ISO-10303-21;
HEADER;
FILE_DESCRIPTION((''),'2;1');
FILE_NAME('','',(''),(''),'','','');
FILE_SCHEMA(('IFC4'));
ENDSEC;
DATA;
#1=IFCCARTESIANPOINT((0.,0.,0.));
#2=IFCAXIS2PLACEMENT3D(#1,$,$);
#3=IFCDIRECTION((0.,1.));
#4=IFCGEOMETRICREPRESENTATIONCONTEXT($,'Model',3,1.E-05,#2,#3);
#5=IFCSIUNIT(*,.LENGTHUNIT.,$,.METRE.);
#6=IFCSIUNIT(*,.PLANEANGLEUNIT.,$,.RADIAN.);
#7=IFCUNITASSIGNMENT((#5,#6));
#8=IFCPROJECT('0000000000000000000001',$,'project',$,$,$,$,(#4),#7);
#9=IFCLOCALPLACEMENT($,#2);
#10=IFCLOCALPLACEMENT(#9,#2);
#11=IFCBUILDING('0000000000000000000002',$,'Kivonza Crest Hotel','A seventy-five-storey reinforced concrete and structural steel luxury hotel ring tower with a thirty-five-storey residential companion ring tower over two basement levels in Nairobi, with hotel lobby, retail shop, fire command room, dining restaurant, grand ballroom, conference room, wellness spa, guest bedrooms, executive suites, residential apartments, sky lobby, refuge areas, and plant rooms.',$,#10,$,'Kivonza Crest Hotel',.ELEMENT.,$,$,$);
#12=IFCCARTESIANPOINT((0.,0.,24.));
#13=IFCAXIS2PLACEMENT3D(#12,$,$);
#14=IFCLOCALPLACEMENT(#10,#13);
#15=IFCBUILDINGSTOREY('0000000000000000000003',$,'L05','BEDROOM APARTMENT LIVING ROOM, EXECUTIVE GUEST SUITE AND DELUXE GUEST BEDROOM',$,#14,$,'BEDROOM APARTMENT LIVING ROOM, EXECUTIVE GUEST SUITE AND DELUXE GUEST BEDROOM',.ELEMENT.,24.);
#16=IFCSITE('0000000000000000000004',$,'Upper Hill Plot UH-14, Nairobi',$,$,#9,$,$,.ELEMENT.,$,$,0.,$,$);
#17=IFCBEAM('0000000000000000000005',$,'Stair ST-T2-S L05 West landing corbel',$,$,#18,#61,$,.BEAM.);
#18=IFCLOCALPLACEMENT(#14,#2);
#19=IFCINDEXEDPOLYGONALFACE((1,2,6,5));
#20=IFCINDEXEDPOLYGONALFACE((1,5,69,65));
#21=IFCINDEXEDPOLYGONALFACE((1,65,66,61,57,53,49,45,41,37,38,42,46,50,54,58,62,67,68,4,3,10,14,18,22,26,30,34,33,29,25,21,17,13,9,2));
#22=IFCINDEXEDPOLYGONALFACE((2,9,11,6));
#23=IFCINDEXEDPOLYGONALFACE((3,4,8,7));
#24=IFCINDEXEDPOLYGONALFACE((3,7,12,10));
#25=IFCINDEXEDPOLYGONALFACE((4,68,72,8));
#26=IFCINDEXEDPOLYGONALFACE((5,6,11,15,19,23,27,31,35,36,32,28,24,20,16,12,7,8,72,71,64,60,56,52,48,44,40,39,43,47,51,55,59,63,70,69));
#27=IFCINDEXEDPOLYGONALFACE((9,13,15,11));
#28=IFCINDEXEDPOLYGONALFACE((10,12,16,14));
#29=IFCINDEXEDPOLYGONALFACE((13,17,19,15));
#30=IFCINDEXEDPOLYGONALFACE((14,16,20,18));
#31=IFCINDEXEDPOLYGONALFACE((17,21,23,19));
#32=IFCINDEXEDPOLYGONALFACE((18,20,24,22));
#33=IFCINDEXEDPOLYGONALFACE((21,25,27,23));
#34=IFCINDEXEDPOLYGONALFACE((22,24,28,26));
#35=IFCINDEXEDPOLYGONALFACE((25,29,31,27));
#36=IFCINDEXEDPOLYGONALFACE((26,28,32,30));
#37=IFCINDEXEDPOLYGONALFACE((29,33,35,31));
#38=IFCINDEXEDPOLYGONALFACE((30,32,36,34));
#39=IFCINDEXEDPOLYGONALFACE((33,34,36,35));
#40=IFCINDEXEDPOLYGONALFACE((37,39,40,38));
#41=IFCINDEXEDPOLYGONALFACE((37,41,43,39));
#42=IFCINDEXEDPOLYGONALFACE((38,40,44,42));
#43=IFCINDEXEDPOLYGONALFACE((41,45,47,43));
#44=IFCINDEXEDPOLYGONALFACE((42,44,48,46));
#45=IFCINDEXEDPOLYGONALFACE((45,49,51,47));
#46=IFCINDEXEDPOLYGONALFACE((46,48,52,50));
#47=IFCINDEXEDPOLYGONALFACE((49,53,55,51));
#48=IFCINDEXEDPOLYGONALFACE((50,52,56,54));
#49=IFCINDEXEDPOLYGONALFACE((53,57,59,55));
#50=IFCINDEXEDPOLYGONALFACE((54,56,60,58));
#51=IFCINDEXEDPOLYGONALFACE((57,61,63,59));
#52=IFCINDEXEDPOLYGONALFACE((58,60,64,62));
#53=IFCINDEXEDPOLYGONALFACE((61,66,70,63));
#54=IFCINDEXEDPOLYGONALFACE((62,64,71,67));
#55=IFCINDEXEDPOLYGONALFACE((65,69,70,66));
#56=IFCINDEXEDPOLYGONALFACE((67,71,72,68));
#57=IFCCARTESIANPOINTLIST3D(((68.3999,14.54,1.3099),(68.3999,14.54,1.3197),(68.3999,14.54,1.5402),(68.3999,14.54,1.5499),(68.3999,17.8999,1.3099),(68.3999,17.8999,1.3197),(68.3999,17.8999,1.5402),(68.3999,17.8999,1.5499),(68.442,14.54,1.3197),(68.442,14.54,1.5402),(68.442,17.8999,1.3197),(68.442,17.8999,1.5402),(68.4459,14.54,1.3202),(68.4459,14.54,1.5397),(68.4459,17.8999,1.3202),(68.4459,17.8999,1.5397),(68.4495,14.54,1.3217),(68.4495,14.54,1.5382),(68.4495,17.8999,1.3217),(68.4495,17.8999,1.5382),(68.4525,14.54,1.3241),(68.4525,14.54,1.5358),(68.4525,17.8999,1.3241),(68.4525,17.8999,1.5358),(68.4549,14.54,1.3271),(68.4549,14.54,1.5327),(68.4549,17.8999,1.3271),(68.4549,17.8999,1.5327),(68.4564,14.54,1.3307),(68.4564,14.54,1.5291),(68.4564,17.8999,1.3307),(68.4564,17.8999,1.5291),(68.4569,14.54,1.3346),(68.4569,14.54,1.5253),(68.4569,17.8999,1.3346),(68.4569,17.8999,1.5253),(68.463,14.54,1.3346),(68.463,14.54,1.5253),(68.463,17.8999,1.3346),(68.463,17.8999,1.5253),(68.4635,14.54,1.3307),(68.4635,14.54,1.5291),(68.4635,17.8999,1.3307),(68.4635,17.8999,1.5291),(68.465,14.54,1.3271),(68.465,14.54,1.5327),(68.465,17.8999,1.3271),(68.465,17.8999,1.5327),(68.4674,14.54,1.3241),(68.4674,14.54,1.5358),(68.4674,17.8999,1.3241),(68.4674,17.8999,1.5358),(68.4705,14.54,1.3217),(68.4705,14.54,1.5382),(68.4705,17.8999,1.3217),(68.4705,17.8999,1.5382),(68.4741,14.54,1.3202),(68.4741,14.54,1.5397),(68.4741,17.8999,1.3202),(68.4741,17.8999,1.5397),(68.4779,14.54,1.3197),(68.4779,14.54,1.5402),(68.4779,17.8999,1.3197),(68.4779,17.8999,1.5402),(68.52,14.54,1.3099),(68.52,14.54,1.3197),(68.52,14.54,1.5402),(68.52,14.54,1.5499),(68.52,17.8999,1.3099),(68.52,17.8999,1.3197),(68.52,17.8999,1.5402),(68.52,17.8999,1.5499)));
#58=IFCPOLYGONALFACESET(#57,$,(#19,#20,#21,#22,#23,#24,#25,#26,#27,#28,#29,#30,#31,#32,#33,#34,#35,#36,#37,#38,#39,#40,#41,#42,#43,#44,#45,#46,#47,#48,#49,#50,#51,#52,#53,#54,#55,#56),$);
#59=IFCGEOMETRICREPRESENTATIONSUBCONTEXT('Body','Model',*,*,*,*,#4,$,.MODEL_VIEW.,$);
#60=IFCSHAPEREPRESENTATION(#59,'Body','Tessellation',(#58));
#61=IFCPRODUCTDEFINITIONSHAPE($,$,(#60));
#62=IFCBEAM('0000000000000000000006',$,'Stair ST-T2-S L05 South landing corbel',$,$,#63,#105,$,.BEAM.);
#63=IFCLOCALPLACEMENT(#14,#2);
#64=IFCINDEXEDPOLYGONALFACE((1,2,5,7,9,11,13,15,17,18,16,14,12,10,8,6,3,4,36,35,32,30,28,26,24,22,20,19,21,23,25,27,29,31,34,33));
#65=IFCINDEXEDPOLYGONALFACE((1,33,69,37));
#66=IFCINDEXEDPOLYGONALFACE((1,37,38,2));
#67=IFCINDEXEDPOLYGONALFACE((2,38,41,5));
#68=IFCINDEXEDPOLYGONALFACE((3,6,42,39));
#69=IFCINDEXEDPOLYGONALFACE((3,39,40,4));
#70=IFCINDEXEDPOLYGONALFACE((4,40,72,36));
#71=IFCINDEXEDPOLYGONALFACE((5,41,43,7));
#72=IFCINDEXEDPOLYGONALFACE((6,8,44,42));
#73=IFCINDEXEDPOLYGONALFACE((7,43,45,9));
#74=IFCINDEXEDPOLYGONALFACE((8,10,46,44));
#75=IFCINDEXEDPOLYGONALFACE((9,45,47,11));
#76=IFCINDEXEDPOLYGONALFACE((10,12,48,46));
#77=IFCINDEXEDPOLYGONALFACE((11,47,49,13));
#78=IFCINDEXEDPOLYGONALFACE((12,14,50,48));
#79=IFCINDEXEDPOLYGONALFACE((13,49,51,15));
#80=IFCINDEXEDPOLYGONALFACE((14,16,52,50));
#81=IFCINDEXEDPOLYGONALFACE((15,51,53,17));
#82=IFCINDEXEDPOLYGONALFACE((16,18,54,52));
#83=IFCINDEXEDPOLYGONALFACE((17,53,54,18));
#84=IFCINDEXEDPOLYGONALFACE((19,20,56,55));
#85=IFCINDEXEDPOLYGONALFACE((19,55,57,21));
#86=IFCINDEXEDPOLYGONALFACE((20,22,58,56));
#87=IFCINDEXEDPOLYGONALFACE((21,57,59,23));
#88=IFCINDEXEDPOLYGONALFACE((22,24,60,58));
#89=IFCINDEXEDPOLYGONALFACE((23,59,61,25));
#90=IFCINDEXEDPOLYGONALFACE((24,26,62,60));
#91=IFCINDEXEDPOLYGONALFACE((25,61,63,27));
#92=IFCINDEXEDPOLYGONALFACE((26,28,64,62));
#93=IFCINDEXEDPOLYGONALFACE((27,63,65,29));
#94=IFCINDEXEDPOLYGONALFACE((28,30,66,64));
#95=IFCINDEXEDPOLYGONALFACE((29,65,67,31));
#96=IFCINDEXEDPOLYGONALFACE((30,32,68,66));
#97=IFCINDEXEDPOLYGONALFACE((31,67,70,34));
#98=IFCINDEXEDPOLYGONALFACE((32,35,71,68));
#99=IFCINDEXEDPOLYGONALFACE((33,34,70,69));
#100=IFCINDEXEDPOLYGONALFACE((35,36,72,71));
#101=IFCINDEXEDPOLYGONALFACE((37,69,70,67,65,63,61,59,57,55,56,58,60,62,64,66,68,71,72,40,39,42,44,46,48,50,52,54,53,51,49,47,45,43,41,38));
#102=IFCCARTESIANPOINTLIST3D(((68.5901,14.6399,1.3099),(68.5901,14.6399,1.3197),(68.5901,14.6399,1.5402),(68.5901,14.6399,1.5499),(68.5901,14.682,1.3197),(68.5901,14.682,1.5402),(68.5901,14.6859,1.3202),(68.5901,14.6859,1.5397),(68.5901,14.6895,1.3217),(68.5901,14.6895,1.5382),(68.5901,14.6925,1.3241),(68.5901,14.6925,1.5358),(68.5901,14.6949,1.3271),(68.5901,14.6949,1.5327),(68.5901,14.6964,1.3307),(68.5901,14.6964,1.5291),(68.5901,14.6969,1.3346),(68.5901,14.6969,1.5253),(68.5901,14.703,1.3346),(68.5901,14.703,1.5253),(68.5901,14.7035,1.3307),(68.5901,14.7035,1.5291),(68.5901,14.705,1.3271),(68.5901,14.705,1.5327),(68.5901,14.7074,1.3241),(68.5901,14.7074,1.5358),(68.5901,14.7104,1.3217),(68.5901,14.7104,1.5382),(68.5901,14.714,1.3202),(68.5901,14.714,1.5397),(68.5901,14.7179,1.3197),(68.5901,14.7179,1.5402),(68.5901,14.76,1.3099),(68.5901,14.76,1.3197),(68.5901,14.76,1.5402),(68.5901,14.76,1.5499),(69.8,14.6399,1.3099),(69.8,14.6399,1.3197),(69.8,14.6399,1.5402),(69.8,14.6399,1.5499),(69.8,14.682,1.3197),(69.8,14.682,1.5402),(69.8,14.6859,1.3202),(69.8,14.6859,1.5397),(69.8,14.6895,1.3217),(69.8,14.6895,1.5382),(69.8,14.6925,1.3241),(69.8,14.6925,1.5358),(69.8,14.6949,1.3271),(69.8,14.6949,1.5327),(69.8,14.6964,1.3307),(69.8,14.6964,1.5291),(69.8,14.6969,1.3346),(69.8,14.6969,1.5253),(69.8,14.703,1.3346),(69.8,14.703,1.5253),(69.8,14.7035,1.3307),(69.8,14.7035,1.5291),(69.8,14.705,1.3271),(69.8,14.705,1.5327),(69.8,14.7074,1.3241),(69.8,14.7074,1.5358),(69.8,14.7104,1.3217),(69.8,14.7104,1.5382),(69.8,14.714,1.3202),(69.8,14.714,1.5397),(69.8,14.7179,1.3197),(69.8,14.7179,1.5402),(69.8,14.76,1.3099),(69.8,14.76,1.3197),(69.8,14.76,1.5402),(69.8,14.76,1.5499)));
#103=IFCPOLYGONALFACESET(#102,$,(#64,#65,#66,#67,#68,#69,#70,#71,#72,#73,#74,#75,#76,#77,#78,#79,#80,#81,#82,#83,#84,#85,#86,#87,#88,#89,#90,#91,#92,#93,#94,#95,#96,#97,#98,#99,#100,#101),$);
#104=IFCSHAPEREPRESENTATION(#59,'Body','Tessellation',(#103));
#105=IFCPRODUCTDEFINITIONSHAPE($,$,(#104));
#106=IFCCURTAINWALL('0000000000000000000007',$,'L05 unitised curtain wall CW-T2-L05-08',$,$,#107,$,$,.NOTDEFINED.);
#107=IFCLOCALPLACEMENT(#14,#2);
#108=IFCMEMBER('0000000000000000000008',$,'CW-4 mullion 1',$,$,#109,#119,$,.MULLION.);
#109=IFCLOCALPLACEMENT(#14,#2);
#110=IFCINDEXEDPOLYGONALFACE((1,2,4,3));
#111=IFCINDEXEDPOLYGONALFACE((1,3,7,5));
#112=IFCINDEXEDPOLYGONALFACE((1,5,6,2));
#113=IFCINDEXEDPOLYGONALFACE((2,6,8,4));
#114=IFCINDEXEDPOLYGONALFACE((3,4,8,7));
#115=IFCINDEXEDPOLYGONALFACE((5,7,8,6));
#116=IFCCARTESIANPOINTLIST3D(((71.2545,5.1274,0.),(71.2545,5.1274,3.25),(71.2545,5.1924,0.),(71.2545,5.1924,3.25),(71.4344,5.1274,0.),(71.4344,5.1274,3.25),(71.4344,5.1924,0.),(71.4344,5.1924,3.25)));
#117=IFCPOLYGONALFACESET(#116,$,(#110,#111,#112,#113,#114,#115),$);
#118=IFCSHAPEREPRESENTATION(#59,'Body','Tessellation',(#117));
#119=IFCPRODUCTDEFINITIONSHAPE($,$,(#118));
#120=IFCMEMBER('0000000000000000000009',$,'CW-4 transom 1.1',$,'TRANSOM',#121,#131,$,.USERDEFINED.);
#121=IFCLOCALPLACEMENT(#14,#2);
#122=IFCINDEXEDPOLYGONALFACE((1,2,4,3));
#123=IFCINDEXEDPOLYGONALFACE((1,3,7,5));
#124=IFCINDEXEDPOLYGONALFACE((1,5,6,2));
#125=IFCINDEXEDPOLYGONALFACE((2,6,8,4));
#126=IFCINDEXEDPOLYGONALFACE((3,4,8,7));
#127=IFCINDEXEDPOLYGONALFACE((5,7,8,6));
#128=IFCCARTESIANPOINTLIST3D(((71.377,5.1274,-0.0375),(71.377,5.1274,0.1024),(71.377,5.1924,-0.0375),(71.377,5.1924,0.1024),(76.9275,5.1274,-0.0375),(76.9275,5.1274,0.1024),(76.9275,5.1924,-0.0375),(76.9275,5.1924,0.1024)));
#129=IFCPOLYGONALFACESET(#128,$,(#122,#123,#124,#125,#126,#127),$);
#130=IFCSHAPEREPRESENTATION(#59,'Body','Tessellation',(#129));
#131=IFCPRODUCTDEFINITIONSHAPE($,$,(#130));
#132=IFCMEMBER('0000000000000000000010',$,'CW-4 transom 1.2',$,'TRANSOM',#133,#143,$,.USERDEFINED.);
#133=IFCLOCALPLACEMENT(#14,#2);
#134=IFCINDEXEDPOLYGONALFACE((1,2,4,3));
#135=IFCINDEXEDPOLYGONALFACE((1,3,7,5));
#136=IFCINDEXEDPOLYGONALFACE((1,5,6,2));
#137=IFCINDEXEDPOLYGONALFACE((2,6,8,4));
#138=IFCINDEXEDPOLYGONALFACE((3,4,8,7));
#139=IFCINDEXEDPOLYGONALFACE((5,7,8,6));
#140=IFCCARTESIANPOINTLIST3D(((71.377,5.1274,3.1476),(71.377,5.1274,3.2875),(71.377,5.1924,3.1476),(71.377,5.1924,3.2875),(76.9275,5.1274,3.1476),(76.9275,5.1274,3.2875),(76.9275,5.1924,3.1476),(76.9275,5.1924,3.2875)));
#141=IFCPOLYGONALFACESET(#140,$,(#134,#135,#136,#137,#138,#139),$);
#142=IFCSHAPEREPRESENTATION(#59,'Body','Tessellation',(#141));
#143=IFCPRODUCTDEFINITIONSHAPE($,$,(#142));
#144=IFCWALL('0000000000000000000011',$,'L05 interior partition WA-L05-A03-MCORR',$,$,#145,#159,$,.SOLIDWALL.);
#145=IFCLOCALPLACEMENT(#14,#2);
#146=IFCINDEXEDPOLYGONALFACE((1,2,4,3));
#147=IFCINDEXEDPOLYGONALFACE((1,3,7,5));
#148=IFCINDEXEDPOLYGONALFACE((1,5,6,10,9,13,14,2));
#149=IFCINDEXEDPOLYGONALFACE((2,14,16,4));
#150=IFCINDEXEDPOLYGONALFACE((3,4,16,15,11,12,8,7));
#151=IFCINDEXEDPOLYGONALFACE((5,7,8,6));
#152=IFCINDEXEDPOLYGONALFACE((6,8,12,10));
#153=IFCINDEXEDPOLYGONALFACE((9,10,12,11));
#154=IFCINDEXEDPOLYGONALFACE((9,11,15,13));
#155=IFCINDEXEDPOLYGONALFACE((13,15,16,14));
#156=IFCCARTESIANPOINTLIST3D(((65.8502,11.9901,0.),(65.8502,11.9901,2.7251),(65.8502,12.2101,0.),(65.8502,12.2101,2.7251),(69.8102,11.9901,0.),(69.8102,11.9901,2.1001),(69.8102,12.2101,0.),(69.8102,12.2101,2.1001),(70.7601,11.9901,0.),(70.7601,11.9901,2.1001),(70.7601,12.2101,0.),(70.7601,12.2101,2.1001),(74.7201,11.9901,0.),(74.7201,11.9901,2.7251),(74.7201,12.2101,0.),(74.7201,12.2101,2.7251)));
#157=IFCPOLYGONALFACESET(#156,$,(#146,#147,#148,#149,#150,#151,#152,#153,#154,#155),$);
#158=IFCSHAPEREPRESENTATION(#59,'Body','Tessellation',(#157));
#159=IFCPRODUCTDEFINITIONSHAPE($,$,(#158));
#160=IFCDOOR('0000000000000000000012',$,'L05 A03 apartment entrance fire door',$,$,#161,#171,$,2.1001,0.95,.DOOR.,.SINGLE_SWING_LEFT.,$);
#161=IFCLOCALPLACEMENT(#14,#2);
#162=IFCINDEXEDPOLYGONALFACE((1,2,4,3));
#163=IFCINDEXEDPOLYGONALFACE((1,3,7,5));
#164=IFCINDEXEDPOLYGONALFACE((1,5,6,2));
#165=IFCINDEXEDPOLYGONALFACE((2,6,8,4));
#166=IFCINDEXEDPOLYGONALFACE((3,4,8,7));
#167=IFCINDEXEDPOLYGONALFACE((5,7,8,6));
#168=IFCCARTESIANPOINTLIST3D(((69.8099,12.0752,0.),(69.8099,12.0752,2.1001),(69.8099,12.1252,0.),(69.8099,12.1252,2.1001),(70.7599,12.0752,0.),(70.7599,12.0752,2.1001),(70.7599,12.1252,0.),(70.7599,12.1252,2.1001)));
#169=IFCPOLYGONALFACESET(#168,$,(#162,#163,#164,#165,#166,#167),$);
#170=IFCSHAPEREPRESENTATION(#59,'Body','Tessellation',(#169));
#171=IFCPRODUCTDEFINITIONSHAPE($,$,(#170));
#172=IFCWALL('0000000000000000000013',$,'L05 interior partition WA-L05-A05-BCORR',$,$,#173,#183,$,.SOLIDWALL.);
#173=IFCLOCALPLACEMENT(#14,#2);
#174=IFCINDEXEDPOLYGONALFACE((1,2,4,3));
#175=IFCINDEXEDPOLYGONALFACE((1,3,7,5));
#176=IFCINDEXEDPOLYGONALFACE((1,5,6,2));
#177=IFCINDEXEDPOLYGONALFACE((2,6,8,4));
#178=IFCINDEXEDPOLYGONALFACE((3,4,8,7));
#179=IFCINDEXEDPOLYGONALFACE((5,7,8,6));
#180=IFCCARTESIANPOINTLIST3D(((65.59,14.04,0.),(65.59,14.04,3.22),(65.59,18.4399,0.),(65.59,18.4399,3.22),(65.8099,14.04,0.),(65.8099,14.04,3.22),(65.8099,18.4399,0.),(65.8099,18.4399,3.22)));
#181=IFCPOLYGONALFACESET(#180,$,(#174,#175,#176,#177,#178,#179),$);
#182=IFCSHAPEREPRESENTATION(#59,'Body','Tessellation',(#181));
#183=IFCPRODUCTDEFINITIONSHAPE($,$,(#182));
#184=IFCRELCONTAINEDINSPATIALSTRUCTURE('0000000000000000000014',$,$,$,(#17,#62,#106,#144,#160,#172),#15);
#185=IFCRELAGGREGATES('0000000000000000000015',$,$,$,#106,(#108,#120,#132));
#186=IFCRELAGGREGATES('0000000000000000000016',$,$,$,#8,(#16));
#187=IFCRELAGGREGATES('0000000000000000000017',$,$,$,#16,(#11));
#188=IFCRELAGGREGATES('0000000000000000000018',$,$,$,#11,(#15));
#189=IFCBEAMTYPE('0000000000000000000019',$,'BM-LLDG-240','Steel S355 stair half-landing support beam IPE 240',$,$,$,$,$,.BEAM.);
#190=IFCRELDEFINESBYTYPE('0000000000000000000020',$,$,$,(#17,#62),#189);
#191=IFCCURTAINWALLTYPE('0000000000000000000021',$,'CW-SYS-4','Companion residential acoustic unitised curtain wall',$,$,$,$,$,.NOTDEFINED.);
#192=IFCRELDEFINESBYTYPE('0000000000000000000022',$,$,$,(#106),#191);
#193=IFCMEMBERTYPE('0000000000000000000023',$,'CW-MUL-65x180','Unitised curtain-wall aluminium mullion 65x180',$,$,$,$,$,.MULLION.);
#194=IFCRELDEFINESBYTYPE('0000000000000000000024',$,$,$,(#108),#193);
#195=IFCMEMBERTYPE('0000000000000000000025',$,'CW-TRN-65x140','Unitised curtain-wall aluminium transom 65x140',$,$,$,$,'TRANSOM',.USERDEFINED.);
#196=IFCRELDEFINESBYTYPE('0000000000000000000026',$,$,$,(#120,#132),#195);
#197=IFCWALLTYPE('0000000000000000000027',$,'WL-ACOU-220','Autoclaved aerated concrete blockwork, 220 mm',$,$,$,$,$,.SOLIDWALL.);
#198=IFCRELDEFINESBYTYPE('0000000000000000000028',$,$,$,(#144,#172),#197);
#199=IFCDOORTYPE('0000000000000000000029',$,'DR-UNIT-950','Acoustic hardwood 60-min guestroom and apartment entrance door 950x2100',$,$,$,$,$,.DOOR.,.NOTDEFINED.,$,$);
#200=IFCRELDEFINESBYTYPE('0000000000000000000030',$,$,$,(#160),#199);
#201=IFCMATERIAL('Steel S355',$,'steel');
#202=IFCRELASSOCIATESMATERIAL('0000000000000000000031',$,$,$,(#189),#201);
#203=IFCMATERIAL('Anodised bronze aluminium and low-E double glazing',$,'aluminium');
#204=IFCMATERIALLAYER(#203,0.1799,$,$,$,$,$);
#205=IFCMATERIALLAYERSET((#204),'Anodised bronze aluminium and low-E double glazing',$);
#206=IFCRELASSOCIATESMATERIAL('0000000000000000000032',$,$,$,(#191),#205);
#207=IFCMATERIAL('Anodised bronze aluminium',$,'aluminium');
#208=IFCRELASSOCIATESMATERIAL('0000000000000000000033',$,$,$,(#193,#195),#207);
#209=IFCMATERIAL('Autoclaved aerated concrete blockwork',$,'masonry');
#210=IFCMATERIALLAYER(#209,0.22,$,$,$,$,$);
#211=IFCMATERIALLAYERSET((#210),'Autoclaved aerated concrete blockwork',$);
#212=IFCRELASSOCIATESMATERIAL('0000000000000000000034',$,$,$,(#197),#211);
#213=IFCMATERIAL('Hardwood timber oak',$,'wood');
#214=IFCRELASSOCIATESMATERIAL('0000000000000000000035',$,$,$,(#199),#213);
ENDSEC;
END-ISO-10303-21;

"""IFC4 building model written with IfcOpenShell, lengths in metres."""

from ifc_helpers import new_model, si_unit, direction, frame, frame_2d, origin, origin_2d, place, context, subcontext, project, spatial, rectangle, i_section, extrude, material, layer, layer_set, material_profile, profile_set, type_object, element, fill, aggregate, save


model = new_model("IFC4")

# Units and contexts
model_context = context("Model", 3, precision=1e-05, world=origin(), true_north=direction((0.0, 1.0)))
body_context = subcontext(model_context, "Body", "Model", "MODEL_VIEW")
ifc_project = project(units=[si_unit("LENGTHUNIT", "METRE"), si_unit("PLANEANGLEUNIT", "RADIAN")], contexts=[model_context])

# Site, building, storey
site_placement = place(None, origin())
site = spatial("IfcSite", under=ifc_project, at=site_placement, Name="Upper Hill Plot UH-14, Nairobi", CompositionType="ELEMENT", RefElevation=0.0)
building_placement = place(site_placement, origin())
building = spatial("IfcBuilding", under=site, at=building_placement, Name="Kivonza Crest Hotel", Description="A seventy-five-storey reinforced concrete and structural steel luxury hotel ring tower with a thirty-five-storey residential companion ring tower over two basement levels in Nairobi, with hotel lobby, retail shop, fire command room, dining restaurant, grand ballroom, conference room, wellness spa, guest bedrooms, executive suites, residential apartments, sky lobby, refuge areas, and plant rooms.", LongName="Kivonza Crest Hotel", CompositionType="ELEMENT")
storey_placement = place(building_placement, frame((0.0, 0.0, 24.0)))
storey = spatial("IfcBuildingStorey", under=building, at=storey_placement, Name="L05", Description="BEDROOM APARTMENT LIVING ROOM, EXECUTIVE GUEST SUITE AND DELUXE GUEST BEDROOM", LongName="BEDROOM APARTMENT LIVING ROOM, EXECUTIVE GUEST SUITE AND DELUXE GUEST BEDROOM", CompositionType="ELEMENT", Elevation=24.0)

# Beams
ifc_material_1 = material(Name="Steel S355", Category="steel")
ifc_material_profile_1 = material_profile(ifc_material_1, i_section(OverallWidth=0.1201, OverallDepth=0.24, WebThickness=0.0061, FlangeThickness=0.0098, FilletRadius=0.0149, at=origin_2d()), Name="IPE 240")
ifc_profile_set_1 = profile_set([ifc_material_profile_1], Name="Steel S355")
beam_type_1 = type_object("IfcBeamType", Name="BM-LLDG-240", Description="Steel S355 stair half-landing support beam IPE 240", PredefinedType="BEAM", material=ifc_profile_set_1)
beam_1_placement = place(storey_placement, frame((68.46, 14.54, 1.4299), z_axis=(0.0, 1.0, 0.0), x_axis=(-1.0, 0.0, 0.0)))
element("IfcBeam", 1, at=beam_1_placement, inside=storey, type_object=beam_type_1, Name="Stair ST-T2-S L05 West landing corbel", PredefinedType="BEAM", context=body_context, shape_type="SweptSolid", body=[
    extrude(i_section(OverallWidth=0.1201, OverallDepth=0.24, WebThickness=0.0061, FlangeThickness=0.0098, FilletRadius=0.0149, at=origin_2d()), origin(), (0.0, 0.0, 1.0), 3.3599),
])
beam_2_placement = place(storey_placement, frame((68.5901, 14.7, 1.4299), z_axis=(1.0, 0.0, 0.0), x_axis=(0.0, 1.0, 0.0)))
element("IfcBeam", 2, at=beam_2_placement, inside=storey, type_object=beam_type_1, Name="Stair ST-T2-S L05 South landing corbel", PredefinedType="BEAM", context=body_context, shape_type="SweptSolid", body=[
    extrude(i_section(OverallWidth=0.1201, OverallDepth=0.24, WebThickness=0.0061, FlangeThickness=0.0098, FilletRadius=0.0149, at=origin_2d()), origin(), (0.0, 0.0, 1.0), 1.21),
])

# Curtain wall, members
ifc_material_2 = material(Name="Anodised bronze aluminium and low-E double glazing", Category="aluminium")
ifc_layer_1 = layer(ifc_material_2, 0.1799)
ifc_layer_set_1 = layer_set([ifc_layer_1], Name="Anodised bronze aluminium and low-E double glazing")
curtain_wall_type = type_object("IfcCurtainWallType", Name="CW-SYS-4", Description="Companion residential acoustic unitised curtain wall", PredefinedType="NOTDEFINED", material=ifc_layer_set_1)
curtain_wall_placement = place(storey_placement, origin())
curtain_wall = element("IfcCurtainWall", 3, at=curtain_wall_placement, inside=storey, type_object=curtain_wall_type, Name="L05 unitised curtain wall CW-T2-L05-08", PredefinedType="NOTDEFINED")
ifc_material_3 = material(Name="Anodised bronze aluminium", Category="aluminium")
ifc_material_profile_2 = material_profile(ifc_material_3, rectangle(XDim=0.0649, YDim=0.1799, at=origin_2d()), Name="CW-M 65x180")
ifc_profile_set_2 = profile_set([ifc_material_profile_2], Name="Anodised bronze aluminium")
member_type_1 = type_object("IfcMemberType", Name="CW-MUL-65x180", Description="Unitised curtain-wall aluminium mullion 65x180", PredefinedType="MULLION", material=ifc_profile_set_2)
member_1_placement = place(storey_placement, frame((71.3445, 5.1599, 0.0), z_axis=(0.0, 0.0, 1.0), x_axis=(0.0, 1.0, 0.0)))
member_1 = element("IfcMember", 4, at=member_1_placement, type_object=member_type_1, Name="CW-4 mullion 1", PredefinedType="MULLION", context=body_context, shape_type="SweptSolid", body=[
    extrude(rectangle(XDim=0.0649, YDim=0.1799, at=origin_2d()), origin(), (0.0, 0.0, 1.0), 3.25),
])
ifc_material_profile_3 = material_profile(ifc_material_3, rectangle(XDim=0.0649, YDim=0.1399, at=origin_2d()), Name="CW-T 65x140")
ifc_profile_set_3 = profile_set([ifc_material_profile_3], Name="Anodised bronze aluminium")
member_type_2 = type_object("IfcMemberType", Name="CW-TRN-65x140", Description="Unitised curtain-wall aluminium transom 65x140", ElementType="TRANSOM", PredefinedType="USERDEFINED", material=ifc_profile_set_3)
member_2_placement = place(storey_placement, frame((71.377, 5.1599, 0.0325), z_axis=(1.0, 0.0, 0.0), x_axis=(0.0, 1.0, 0.0)))
member_2 = element("IfcMember", 5, at=member_2_placement, type_object=member_type_2, Name="CW-4 transom 1.1", ObjectType="TRANSOM", PredefinedType="USERDEFINED", context=body_context, shape_type="SweptSolid", body=[
    extrude(rectangle(XDim=0.0649, YDim=0.1399, at=origin_2d()), origin(), (0.0, 0.0, 1.0), 5.5505),
])
member_3_placement = place(storey_placement, frame((71.377, 5.1599, 3.2175), z_axis=(1.0, 0.0, 0.0), x_axis=(0.0, 1.0, 0.0)))
member_3 = element("IfcMember", 6, at=member_3_placement, type_object=member_type_2, Name="CW-4 transom 1.2", ObjectType="TRANSOM", PredefinedType="USERDEFINED", context=body_context, shape_type="SweptSolid", body=[
    extrude(rectangle(XDim=0.0649, YDim=0.1399, at=origin_2d()), origin(), (0.0, 0.0, 1.0), 5.5505),
])
aggregate(curtain_wall, [member_1, member_2, member_3])

# Wall, opening, door
ifc_material_4 = material(Name="Autoclaved aerated concrete blockwork", Category="masonry")
ifc_layer_2 = layer(ifc_material_4, 0.22)
ifc_layer_set_2 = layer_set([ifc_layer_2], Name="Autoclaved aerated concrete blockwork")
wall_type_1 = type_object("IfcWallType", Name="WL-ACOU-220", Description="Autoclaved aerated concrete blockwork, 220 mm", PredefinedType="SOLIDWALL", material=ifc_layer_set_2)
wall_1_placement = place(storey_placement, frame((65.8501, 12.1001, 0.0), z_axis=(0.0, 0.0, 1.0), x_axis=(1.0, 0.0, 0.0)))
wall_1 = element("IfcWall", 7, at=wall_1_placement, inside=storey, type_object=wall_type_1, Name="L05 interior partition WA-L05-A03-MCORR", PredefinedType="SOLIDWALL", context=body_context, shape_type="SweptSolid", body=[
    extrude(rectangle(XDim=8.8699, YDim=0.22, at=frame_2d((4.4351, 0.0))), origin(), (0.0, 0.0, 1.0), 2.7251),
])
opening_1_placement = place(wall_1_placement, frame((3.96, 0.0, 0.0)))
opening_1 = element("IfcOpeningElement", 8, at=opening_1_placement, cuts=wall_1, PredefinedType="OPENING", context=body_context, shape_type="SweptSolid", body=[
    extrude(rectangle(XDim=0.95, YDim=2.1001, at=frame_2d((0.4751, 1.05))), frame((0.0, 0.1201, 0.0), z_axis=(0.0, -1.0, 0.0), x_axis=(1.0, 0.0, 0.0)), (0.0, 0.0, 1.0), 0.24),
])
ifc_material_5 = material(Name="Hardwood timber oak", Category="wood")
door_type_1 = type_object("IfcDoorType", Name="DR-UNIT-950", Description="Acoustic hardwood 60-min guestroom and apartment entrance door 950x2100", OperationType="NOTDEFINED", PredefinedType="DOOR", material=ifc_material_5)
door_1_placement = place(opening_1_placement, frame((0.95, 0.0, 0.0), z_axis=(0.0, 0.0, 1.0), x_axis=(-1.0, 0.0, 0.0)))
door_1 = element("IfcDoor", 9, at=door_1_placement, inside=storey, type_object=door_type_1, Name="L05 A03 apartment entrance fire door", OperationType="SINGLE_SWING_LEFT", OverallHeight=2.1001, OverallWidth=0.95, PredefinedType="DOOR", context=body_context, shape_type="SweptSolid", body=[
    extrude(rectangle(XDim=0.95, YDim=2.1001, at=frame_2d((0.4751, 1.05))), frame((0.0, 0.0249, 0.0), z_axis=(0.0, -1.0, 0.0), x_axis=(1.0, 0.0, 0.0)), (0.0, 0.0, 1.0), 0.05),
])
fill(opening_1, door_1)

# Wall
wall_2_placement = place(storey_placement, frame((65.7, 14.04, 0.0), z_axis=(0.0, 0.0, 1.0), x_axis=(0.0, 1.0, 0.0)))
element("IfcWall", 10, at=wall_2_placement, inside=storey, type_object=wall_type_1, Name="L05 interior partition WA-L05-A05-BCORR", PredefinedType="SOLIDWALL", context=body_context, shape_type="SweptSolid", body=[
    extrude(rectangle(XDim=4.3999, YDim=0.22, at=frame_2d((2.2, 0.0))), origin(), (0.0, 0.0, 1.0), 3.22),
])

save(model, "model.ifc")
